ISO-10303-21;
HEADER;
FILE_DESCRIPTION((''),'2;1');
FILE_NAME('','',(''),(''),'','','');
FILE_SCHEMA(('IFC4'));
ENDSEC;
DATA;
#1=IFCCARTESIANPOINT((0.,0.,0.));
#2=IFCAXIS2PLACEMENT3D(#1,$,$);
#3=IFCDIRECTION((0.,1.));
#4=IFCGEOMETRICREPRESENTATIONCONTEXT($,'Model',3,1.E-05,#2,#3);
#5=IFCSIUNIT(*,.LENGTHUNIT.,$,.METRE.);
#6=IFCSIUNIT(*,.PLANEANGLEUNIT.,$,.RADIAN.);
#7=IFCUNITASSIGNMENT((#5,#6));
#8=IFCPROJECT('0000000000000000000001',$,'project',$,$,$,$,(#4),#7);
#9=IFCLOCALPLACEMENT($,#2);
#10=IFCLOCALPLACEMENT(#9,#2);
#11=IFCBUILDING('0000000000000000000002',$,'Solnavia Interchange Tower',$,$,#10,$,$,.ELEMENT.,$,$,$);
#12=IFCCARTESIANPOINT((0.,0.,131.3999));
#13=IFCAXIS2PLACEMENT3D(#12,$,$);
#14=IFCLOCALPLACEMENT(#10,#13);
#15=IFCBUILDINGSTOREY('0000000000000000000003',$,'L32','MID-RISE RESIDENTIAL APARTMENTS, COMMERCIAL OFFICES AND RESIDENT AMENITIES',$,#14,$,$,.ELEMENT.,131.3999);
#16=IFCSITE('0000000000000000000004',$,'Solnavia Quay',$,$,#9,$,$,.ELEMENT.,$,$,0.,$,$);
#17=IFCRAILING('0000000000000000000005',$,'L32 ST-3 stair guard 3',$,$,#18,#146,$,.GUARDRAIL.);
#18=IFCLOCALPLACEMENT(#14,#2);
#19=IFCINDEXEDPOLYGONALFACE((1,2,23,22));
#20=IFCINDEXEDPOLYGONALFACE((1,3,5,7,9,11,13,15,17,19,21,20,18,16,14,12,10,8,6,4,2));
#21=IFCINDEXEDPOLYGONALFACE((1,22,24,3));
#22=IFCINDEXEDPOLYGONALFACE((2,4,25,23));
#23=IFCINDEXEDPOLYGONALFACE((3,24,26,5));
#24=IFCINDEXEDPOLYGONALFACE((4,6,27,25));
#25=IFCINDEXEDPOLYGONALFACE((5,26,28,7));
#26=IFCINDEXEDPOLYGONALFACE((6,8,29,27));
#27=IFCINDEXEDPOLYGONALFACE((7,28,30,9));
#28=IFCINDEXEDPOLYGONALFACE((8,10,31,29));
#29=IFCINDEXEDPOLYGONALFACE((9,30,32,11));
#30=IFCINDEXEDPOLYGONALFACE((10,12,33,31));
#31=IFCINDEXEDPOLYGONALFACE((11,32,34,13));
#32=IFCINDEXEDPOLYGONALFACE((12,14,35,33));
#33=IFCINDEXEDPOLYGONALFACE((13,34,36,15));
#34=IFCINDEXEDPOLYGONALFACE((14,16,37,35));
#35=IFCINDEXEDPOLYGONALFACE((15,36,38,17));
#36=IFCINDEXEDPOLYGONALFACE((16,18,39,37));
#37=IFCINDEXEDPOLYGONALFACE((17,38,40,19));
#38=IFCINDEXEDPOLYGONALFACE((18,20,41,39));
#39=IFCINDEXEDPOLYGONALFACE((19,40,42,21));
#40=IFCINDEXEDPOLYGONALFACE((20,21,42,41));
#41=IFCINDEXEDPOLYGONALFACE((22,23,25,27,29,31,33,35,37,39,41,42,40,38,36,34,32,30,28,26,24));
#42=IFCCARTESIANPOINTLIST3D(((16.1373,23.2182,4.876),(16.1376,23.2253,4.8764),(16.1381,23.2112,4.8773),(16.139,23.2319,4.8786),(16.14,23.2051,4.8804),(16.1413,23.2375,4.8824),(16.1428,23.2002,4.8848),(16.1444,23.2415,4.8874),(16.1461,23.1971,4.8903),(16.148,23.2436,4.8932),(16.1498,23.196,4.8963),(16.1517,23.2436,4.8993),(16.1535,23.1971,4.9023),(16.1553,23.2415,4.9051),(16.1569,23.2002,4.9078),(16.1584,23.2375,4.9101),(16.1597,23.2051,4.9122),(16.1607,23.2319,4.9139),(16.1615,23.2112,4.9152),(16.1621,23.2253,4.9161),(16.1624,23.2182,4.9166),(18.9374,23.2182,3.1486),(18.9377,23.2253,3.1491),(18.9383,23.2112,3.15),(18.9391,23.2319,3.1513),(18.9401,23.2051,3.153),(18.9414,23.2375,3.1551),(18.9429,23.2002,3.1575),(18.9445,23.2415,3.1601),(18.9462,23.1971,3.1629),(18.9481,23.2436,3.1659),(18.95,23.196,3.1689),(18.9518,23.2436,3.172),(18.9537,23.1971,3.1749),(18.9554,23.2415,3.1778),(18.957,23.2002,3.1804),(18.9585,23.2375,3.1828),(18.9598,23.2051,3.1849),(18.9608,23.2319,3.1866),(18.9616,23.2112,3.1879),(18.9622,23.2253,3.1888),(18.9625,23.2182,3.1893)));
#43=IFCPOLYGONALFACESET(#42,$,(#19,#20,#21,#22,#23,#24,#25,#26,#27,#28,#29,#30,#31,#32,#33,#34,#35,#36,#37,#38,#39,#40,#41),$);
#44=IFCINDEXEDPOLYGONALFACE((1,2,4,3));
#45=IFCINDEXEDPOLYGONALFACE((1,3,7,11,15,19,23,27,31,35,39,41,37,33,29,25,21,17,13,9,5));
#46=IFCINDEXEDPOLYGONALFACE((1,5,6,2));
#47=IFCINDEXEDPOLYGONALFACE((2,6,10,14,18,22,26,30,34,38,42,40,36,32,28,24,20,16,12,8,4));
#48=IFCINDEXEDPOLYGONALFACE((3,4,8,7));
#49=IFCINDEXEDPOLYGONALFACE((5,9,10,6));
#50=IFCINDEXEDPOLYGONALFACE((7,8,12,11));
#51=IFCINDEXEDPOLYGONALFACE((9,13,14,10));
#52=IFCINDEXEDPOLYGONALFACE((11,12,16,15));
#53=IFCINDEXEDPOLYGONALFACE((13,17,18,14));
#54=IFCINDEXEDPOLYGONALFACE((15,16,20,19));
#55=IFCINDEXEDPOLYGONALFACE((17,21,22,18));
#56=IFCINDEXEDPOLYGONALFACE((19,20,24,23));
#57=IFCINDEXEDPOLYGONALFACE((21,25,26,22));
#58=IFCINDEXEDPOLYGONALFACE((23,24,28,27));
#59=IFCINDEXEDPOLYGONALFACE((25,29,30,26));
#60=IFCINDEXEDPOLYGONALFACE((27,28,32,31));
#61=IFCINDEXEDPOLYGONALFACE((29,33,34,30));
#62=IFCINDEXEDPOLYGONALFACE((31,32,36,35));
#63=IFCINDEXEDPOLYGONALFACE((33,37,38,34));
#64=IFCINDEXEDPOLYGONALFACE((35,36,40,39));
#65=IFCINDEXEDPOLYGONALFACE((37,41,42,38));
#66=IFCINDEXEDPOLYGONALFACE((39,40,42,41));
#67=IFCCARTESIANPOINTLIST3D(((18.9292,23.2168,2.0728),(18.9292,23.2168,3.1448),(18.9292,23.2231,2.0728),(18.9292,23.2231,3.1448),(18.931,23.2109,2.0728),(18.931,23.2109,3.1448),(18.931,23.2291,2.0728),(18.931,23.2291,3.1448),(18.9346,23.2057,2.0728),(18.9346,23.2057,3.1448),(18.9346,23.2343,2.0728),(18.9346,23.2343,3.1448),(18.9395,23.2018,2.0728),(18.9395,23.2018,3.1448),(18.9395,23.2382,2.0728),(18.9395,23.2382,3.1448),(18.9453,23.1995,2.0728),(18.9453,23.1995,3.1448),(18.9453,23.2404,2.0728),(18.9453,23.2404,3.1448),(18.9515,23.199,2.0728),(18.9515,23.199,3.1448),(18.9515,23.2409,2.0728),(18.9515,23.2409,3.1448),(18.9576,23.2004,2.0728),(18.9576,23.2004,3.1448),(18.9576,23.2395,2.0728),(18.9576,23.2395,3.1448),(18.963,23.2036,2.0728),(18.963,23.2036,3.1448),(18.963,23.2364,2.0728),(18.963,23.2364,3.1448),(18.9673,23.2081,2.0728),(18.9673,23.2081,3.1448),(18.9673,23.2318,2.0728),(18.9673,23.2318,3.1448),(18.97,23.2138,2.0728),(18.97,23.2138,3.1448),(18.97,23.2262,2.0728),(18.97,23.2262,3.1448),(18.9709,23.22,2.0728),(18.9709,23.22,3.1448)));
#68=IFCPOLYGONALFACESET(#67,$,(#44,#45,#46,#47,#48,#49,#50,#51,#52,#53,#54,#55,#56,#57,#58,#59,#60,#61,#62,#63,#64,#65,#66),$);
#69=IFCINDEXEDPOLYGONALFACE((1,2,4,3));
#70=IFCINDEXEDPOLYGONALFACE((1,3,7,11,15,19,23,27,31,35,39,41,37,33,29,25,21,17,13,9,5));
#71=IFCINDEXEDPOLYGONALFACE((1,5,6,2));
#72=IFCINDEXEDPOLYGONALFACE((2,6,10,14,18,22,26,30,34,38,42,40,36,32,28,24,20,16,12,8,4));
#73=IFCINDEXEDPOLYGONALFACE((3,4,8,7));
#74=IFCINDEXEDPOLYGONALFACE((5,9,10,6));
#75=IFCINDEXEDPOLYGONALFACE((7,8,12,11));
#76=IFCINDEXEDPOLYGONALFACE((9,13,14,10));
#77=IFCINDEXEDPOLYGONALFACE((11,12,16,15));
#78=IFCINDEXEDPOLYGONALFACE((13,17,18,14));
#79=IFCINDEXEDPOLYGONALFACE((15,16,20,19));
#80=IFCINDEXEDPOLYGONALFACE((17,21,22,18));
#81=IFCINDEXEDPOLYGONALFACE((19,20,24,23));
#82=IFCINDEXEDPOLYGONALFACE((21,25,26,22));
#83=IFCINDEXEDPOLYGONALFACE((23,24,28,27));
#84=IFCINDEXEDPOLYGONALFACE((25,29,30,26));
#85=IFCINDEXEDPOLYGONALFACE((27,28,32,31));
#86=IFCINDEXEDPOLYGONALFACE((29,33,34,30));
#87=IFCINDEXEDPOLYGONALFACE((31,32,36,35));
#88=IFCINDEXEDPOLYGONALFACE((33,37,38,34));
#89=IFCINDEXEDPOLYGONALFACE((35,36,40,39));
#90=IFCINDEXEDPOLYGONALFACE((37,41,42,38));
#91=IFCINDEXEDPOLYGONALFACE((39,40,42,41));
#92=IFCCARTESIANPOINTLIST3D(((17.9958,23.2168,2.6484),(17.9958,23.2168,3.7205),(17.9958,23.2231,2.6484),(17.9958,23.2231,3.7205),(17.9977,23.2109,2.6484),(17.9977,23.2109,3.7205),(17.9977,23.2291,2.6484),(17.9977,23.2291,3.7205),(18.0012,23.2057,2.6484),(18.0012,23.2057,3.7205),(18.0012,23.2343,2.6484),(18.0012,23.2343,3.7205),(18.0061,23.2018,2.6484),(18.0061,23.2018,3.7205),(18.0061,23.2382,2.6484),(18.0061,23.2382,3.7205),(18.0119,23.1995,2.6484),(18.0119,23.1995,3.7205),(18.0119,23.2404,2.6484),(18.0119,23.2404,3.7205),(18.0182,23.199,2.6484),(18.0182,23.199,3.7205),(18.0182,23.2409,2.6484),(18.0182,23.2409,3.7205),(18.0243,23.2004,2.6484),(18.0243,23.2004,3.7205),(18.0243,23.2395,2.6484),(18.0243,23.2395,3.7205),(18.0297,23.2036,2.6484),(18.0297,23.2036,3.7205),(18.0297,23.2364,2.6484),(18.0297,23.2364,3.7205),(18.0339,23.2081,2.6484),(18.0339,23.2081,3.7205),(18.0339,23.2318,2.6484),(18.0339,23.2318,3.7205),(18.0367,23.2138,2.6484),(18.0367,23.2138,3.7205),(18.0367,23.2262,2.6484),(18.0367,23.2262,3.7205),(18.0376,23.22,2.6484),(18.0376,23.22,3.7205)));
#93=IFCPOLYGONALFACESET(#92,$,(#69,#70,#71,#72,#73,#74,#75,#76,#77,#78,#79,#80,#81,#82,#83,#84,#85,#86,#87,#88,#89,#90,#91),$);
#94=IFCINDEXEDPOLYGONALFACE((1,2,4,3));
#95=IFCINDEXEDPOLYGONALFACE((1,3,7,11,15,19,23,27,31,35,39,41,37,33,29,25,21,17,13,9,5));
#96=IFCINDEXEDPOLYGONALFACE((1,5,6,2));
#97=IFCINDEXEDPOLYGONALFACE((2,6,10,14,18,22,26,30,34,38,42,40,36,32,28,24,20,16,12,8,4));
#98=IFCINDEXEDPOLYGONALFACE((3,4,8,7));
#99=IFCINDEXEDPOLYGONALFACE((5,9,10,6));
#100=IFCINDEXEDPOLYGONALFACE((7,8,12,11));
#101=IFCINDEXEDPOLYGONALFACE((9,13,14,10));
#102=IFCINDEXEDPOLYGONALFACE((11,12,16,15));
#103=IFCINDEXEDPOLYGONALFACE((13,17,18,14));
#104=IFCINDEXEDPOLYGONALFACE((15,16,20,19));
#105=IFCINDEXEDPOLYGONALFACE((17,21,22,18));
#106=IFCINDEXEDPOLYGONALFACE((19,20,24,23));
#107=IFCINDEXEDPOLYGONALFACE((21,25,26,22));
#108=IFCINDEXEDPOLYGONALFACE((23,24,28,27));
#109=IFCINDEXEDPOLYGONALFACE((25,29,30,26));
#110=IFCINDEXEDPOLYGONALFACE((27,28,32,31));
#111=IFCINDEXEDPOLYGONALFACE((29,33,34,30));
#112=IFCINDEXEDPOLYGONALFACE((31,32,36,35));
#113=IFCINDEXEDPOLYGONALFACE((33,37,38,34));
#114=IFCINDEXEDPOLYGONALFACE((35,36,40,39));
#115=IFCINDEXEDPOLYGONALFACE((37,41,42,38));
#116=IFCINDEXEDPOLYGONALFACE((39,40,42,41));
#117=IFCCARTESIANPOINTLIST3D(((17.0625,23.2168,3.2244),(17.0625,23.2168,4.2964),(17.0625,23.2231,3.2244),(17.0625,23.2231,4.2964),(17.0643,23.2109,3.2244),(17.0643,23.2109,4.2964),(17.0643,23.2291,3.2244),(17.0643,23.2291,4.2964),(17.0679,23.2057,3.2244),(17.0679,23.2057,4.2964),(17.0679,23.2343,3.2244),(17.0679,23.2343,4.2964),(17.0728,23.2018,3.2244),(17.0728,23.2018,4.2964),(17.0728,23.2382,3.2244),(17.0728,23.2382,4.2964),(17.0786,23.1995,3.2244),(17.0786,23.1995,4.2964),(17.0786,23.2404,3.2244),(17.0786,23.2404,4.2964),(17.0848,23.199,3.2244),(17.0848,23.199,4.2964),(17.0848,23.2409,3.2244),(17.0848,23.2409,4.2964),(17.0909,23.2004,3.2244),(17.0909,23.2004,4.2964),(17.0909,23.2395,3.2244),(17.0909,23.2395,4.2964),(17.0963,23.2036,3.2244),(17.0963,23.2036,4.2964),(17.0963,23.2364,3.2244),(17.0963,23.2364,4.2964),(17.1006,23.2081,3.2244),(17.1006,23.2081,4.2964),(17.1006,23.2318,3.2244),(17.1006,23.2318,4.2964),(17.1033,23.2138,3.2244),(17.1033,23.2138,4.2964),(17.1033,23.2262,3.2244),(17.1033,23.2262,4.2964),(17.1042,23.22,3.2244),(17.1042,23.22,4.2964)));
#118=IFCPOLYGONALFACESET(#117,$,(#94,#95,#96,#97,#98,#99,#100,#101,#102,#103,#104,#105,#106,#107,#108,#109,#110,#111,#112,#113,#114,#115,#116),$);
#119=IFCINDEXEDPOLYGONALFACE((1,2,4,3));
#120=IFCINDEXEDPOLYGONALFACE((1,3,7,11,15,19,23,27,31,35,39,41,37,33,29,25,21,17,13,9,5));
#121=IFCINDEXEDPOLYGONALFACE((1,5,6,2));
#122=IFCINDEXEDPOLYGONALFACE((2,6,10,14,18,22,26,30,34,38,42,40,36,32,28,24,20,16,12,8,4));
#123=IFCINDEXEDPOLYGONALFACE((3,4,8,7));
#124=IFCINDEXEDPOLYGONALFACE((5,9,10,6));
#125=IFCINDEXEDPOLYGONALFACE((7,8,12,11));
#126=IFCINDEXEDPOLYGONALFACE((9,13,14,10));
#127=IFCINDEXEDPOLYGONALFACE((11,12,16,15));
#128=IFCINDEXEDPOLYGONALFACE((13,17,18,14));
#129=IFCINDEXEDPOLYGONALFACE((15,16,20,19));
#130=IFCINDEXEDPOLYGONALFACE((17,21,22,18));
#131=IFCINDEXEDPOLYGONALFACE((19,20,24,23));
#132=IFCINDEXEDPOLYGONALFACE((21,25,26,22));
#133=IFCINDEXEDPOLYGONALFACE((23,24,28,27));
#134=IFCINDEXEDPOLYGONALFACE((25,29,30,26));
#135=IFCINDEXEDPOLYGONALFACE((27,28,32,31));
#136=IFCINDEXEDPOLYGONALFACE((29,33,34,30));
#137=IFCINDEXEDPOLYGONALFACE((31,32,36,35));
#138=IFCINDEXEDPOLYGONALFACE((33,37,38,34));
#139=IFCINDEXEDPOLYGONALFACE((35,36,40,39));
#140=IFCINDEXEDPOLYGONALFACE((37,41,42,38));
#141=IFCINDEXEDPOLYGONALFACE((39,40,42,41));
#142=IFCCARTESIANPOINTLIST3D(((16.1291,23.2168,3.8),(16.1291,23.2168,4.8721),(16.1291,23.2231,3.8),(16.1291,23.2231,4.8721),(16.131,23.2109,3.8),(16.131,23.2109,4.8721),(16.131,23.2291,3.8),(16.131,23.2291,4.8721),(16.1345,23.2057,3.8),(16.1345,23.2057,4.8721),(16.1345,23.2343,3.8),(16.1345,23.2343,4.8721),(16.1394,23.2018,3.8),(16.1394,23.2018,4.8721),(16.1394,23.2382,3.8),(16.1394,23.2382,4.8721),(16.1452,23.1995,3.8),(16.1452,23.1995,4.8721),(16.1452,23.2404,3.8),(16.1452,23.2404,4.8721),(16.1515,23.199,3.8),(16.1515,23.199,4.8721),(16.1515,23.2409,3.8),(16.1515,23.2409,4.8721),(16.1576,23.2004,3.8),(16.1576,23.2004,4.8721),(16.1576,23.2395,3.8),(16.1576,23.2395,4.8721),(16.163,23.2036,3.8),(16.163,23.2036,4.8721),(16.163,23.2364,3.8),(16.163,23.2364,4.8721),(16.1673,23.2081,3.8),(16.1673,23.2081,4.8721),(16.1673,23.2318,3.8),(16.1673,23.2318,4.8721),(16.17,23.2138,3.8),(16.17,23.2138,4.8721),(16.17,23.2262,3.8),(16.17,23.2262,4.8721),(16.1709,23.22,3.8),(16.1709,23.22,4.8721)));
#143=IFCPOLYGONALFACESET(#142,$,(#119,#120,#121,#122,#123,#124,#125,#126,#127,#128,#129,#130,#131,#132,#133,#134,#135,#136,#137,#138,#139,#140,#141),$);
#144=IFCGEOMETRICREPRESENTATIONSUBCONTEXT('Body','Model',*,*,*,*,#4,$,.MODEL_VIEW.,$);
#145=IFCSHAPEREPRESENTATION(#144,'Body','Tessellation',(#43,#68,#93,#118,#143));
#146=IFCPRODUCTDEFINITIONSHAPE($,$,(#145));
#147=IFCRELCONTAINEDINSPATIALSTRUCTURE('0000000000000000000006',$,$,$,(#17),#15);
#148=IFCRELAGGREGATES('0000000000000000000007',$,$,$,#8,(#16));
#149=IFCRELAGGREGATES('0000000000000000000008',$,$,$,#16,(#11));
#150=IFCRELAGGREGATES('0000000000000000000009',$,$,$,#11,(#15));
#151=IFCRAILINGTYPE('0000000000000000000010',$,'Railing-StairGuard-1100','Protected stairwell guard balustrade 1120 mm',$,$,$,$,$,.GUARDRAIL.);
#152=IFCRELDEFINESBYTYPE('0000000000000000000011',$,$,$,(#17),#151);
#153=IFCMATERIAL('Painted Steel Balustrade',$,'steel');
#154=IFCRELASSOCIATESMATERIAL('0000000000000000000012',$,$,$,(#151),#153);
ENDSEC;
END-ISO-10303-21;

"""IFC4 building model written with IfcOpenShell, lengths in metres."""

from ifc_helpers import new_model, si_unit, direction, frame, origin, origin_2d, place, context, subcontext, project, spatial, circle, extrude, material, type_object, element, save


model = new_model("IFC4")

# Units and contexts
model_context = context("Model", 3, precision=1e-05, world=origin(), true_north=direction((0.0, 1.0)))
body_context = subcontext(model_context, "Body", "Model", "MODEL_VIEW")
ifc_project = project(units=[si_unit("LENGTHUNIT", "METRE"), si_unit("PLANEANGLEUNIT", "RADIAN")], contexts=[model_context])

# Site, building, storey
site_placement = place(None, origin())
site = spatial("IfcSite", under=ifc_project, at=site_placement, Name="Solnavia Quay", CompositionType="ELEMENT", RefElevation=0.0)
building_placement = place(site_placement, origin())
building = spatial("IfcBuilding", under=site, at=building_placement, Name="Solnavia Interchange Tower", CompositionType="ELEMENT")
storey_placement = place(building_placement, frame((0.0, 0.0, 131.3999)))
storey = spatial("IfcBuildingStorey", under=building, at=storey_placement, Name="L32", Description="MID-RISE RESIDENTIAL APARTMENTS, COMMERCIAL OFFICES AND RESIDENT AMENITIES", CompositionType="ELEMENT", Elevation=131.3999)

# Railing
ifc_material_1 = material(Name="Painted Steel Balustrade", Category="steel")
railing_type_1 = type_object("IfcRailingType", Name="Railing-StairGuard-1100", Description="Protected stairwell guard balustrade 1120 mm", PredefinedType="GUARDRAIL", material=ifc_material_1)
railing_1_placement = place(storey_placement, frame((18.95, 23.22, 2.0728)))
element("IfcRailing", 1, at=railing_1_placement, inside=storey, type_object=railing_type_1, Name="L32 ST-3 stair guard 3", PredefinedType="GUARDRAIL", context=body_context, shape_type="SweptSolid", body=[
    extrude(circle(Radius=0.0239, at=origin_2d()), frame((0.0, 0.0, 1.0962), z_axis=(-0.85109, 0.0, 0.52502), x_axis=(0.0, -1.0, 0.0)), (0.0, 0.0, 1.0), 3.29),
    extrude(circle(Radius=0.021, at=origin_2d()), origin(), (0.0, 0.0, 1.0), 1.072),
    extrude(circle(Radius=0.021, at=origin_2d()), frame((-0.9333, 0.0, 0.5757)), (0.0, 0.0, 1.0), 1.072),
    extrude(circle(Radius=0.021, at=origin_2d()), frame((-1.8667, 0.0, 1.1516)), (0.0, 0.0, 1.0), 1.072),
    extrude(circle(Radius=0.021, at=origin_2d()), frame((-2.8, 0.0, 1.7273)), (0.0, 0.0, 1.0), 1.072),
])

save(model, "model.ifc")
